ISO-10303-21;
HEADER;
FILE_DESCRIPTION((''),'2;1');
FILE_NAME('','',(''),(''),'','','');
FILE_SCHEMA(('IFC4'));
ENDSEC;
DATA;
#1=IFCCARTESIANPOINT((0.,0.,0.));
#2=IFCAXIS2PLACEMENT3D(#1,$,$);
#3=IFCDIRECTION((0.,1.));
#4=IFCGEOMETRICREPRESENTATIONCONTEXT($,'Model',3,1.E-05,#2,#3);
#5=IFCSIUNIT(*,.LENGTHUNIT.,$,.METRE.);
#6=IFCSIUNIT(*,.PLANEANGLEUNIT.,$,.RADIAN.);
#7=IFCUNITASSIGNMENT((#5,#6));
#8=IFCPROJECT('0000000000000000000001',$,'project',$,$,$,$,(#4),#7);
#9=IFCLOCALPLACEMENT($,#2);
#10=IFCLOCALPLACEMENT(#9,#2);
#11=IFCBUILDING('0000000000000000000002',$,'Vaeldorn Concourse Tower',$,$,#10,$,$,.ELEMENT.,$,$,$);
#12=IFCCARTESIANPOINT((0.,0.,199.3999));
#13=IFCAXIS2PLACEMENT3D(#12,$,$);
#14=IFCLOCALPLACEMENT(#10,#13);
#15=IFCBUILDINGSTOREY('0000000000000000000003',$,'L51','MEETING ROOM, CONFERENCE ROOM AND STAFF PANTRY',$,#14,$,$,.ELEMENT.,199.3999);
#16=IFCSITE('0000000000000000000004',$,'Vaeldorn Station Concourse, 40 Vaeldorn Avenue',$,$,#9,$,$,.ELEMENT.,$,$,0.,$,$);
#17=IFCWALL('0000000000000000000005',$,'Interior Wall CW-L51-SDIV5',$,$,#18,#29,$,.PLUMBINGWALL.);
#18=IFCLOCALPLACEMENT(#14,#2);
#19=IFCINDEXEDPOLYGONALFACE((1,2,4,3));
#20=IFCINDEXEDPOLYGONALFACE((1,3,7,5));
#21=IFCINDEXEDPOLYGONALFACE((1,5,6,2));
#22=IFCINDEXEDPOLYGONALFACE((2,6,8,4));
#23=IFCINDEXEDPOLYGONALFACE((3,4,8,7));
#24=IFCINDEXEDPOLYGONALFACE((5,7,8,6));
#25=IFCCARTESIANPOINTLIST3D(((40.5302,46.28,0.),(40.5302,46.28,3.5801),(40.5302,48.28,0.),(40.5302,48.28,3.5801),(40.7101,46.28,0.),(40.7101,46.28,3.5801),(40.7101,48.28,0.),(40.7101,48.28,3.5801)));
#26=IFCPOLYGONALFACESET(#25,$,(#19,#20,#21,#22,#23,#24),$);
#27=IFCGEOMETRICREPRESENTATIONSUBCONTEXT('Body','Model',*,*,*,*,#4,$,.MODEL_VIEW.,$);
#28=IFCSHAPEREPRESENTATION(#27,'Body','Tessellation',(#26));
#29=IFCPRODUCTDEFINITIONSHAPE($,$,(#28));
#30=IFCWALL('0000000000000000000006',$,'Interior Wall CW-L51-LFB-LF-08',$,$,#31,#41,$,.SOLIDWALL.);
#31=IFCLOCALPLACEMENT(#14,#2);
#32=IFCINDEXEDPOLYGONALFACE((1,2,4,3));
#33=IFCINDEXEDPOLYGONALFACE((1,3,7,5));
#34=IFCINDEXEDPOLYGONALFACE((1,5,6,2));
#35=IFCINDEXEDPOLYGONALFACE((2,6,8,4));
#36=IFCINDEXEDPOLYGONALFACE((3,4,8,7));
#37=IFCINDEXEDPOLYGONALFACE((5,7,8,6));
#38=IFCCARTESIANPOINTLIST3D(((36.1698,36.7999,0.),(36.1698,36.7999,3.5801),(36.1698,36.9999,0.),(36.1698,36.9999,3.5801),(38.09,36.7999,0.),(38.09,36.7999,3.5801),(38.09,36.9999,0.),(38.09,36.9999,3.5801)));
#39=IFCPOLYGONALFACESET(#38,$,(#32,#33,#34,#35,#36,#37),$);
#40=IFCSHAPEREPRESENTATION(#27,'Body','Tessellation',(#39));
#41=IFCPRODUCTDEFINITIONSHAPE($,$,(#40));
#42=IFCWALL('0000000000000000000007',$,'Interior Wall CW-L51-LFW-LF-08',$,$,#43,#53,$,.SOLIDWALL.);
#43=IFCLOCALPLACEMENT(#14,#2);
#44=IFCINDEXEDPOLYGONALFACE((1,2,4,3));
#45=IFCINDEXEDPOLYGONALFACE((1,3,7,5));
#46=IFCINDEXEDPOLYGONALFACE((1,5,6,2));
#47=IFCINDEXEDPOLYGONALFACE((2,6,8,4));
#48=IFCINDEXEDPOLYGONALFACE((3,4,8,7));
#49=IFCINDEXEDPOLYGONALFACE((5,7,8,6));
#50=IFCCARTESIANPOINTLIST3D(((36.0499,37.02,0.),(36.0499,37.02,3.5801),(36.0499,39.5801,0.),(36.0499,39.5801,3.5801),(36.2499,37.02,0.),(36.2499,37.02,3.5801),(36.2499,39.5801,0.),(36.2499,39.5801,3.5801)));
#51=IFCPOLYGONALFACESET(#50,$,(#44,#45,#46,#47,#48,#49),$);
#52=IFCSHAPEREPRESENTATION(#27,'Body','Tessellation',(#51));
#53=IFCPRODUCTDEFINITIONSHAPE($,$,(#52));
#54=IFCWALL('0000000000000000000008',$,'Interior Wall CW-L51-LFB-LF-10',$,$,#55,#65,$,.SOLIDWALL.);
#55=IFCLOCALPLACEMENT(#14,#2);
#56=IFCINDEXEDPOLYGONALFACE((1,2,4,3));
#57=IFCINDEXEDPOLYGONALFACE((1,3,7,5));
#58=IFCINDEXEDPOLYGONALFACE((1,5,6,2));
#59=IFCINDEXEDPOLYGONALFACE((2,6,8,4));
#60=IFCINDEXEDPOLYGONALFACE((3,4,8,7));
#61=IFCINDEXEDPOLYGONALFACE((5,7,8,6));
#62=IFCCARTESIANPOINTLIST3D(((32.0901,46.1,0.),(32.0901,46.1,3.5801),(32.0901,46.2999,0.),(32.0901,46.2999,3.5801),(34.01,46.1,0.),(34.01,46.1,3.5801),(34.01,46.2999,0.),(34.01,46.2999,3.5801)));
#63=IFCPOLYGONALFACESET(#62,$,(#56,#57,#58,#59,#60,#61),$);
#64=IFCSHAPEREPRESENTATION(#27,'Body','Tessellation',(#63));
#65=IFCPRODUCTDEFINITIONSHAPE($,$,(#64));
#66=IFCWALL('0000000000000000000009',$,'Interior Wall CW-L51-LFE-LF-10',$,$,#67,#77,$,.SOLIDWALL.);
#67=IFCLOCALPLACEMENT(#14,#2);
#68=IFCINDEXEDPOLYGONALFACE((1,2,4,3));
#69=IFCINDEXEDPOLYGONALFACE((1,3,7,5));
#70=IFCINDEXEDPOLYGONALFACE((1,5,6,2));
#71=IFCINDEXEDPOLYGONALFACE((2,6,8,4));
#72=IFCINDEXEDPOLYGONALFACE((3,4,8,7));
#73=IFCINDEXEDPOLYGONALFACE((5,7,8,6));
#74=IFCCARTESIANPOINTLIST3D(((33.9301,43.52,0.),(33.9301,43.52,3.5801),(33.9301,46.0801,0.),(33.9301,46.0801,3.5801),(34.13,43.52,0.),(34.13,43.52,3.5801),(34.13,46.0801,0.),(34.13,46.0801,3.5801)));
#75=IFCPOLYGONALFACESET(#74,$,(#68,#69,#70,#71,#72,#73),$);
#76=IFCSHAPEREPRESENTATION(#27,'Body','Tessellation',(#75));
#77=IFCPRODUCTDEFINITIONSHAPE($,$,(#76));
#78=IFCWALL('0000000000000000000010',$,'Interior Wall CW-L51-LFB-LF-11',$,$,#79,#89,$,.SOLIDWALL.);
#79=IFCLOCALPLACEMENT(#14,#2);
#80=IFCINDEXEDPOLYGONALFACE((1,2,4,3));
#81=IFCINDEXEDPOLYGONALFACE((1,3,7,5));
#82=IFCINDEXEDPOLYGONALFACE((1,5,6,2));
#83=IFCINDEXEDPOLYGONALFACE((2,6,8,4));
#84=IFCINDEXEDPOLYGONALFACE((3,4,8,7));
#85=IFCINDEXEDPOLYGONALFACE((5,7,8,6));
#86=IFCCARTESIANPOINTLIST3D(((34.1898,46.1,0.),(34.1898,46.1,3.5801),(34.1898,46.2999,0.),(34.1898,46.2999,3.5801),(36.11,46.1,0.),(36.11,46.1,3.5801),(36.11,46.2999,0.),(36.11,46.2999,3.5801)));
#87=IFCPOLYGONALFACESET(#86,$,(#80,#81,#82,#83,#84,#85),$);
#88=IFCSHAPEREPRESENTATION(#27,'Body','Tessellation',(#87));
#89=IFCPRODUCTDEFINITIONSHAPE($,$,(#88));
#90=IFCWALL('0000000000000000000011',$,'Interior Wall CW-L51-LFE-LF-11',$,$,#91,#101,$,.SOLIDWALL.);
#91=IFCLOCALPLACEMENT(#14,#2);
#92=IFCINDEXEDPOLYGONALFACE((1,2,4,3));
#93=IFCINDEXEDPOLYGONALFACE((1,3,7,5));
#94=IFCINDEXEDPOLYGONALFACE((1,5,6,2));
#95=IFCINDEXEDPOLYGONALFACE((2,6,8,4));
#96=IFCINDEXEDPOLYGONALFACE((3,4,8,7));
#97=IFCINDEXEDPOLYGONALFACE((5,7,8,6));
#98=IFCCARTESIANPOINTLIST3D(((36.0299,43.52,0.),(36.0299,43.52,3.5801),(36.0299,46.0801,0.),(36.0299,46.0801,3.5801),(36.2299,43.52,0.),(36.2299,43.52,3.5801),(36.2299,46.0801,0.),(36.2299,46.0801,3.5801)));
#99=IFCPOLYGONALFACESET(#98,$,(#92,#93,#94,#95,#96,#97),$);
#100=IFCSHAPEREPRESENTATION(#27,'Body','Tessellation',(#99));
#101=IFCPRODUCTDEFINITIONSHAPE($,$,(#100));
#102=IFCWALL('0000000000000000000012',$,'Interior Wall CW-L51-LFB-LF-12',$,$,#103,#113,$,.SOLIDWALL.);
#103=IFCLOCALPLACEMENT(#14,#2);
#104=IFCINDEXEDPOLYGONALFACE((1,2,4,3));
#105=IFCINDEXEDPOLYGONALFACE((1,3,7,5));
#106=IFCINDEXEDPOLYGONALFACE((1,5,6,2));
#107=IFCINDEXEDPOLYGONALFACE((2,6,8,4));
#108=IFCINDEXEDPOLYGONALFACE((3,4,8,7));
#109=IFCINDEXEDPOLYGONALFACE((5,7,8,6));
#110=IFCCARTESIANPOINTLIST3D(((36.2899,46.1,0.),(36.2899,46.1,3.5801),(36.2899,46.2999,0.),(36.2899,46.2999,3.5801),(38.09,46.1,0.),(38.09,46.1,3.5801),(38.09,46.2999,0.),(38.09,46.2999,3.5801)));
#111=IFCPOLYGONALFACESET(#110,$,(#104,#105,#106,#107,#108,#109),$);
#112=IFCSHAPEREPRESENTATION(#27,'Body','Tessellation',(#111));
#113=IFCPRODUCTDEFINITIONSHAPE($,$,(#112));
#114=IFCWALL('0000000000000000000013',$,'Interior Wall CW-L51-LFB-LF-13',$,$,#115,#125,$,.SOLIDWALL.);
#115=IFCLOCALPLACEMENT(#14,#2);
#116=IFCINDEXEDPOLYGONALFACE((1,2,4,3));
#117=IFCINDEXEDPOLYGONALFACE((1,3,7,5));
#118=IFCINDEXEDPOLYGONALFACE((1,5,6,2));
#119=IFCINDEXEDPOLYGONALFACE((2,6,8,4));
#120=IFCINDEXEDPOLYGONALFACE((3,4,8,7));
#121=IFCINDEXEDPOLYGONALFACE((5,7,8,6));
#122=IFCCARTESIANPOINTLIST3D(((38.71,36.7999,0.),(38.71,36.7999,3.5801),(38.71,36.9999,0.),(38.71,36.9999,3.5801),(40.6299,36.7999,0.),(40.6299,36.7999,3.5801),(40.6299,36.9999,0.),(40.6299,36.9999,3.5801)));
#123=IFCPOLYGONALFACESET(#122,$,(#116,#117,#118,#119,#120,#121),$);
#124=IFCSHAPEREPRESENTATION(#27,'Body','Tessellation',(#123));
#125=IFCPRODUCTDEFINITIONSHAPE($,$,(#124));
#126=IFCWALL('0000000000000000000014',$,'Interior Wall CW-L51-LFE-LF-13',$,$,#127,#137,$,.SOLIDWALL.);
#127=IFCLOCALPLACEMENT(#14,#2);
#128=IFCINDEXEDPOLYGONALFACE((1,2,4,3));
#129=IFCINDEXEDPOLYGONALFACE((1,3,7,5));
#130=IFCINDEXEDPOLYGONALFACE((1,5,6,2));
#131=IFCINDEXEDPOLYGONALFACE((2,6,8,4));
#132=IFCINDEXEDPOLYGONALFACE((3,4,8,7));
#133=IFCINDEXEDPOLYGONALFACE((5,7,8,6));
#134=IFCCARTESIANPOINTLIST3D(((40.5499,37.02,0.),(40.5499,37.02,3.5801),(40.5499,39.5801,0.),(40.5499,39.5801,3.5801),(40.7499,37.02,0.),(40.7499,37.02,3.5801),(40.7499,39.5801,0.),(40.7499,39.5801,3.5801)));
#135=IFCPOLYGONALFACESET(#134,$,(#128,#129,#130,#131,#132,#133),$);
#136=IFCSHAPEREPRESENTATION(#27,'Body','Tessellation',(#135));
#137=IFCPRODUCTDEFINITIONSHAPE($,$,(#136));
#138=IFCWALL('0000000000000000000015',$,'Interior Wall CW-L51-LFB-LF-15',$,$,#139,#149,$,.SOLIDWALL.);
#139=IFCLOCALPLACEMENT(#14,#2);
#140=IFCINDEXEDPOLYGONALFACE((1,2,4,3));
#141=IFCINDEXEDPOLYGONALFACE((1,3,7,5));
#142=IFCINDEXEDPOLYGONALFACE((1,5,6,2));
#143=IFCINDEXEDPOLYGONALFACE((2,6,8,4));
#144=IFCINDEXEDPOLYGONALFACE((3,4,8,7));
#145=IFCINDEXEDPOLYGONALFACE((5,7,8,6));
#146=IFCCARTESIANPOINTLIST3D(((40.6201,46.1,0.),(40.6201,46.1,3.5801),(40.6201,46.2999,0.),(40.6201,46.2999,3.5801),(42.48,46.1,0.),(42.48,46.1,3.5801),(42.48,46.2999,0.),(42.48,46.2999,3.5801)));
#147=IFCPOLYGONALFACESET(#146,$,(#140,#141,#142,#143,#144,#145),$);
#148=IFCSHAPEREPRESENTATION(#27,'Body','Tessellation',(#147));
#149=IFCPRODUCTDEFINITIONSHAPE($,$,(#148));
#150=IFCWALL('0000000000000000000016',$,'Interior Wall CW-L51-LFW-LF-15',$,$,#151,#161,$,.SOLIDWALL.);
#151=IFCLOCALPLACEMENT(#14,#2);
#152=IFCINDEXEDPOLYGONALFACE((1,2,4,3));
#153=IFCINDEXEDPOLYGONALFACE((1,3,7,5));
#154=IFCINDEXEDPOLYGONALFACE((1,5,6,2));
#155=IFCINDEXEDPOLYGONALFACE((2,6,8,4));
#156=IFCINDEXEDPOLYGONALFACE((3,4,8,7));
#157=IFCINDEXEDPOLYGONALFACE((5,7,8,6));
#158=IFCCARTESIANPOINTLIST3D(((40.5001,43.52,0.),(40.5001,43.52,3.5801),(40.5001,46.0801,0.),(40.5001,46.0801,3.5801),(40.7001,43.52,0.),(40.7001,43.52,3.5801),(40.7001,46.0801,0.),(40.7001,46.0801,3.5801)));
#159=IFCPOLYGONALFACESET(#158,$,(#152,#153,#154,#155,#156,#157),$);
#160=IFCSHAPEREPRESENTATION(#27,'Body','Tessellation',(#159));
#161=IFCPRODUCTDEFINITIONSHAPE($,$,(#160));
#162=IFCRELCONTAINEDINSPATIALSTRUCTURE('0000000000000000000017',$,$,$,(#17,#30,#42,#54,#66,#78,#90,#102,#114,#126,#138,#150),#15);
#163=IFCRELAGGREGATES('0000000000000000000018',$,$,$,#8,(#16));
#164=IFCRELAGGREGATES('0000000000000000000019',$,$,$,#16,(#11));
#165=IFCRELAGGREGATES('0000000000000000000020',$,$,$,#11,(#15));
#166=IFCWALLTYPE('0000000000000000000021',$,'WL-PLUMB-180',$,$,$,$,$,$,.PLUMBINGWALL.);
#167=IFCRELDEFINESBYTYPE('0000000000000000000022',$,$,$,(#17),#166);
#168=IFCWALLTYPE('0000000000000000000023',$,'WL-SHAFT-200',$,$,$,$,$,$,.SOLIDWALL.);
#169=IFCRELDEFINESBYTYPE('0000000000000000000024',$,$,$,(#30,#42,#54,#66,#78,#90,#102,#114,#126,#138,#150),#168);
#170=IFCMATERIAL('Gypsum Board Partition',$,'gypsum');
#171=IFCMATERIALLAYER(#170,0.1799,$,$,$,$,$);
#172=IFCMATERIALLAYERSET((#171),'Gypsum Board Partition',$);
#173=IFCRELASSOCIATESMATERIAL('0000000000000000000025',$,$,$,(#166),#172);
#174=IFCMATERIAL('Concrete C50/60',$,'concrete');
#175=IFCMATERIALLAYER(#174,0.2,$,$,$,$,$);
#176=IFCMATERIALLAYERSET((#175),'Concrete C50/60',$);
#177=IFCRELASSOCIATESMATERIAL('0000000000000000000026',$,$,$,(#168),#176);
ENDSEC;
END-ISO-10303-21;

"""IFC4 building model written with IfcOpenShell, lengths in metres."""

from ifc_helpers import new_model, si_unit, direction, frame, frame_2d, origin, place, context, subcontext, project, spatial, rectangle, extrude, material, layer, layer_set, type_object, element, save


model = new_model("IFC4")

# Units and contexts
model_context = context("Model", 3, precision=1e-05, world=origin(), true_north=direction((0.0, 1.0)))
body_context = subcontext(model_context, "Body", "Model", "MODEL_VIEW")
ifc_project = project(units=[si_unit("LENGTHUNIT", "METRE"), si_unit("PLANEANGLEUNIT", "RADIAN")], contexts=[model_context])

# Site, building, storey
site_placement = place(None, origin())
site = spatial("IfcSite", under=ifc_project, at=site_placement, Name="Vaeldorn Station Concourse, 40 Vaeldorn Avenue", CompositionType="ELEMENT", RefElevation=0.0)
building_placement = place(site_placement, origin())
building = spatial("IfcBuilding", under=site, at=building_placement, Name="Vaeldorn Concourse Tower", CompositionType="ELEMENT")
storey_placement = place(building_placement, frame((0.0, 0.0, 199.3999)))
storey = spatial("IfcBuildingStorey", under=building, at=storey_placement, Name="L51", Description="MEETING ROOM, CONFERENCE ROOM AND STAFF PANTRY", CompositionType="ELEMENT", Elevation=199.3999)

# Shared definitions
ifc_material_1 = material(Name="Concrete C50/60", Category="concrete")

# Shared definitions
ifc_material_2 = material(Name="Gypsum Board Partition", Category="gypsum")

# Wall
ifc_layer_1 = layer(ifc_material_2, 0.1799)
ifc_layer_set_1 = layer_set([ifc_layer_1], Name="Gypsum Board Partition")
wall_type_1 = type_object("IfcWallType", Name="WL-PLUMB-180", PredefinedType="PLUMBINGWALL", material=ifc_layer_set_1)
wall_1_placement = place(storey_placement, frame((40.6201, 46.28, 0.0), z_axis=(0.0, 0.0, 1.0), x_axis=(0.0, 1.0, 0.0)))
element("IfcWall", 1, at=wall_1_placement, inside=storey, type_object=wall_type_1, Name="Interior Wall CW-L51-SDIV5", PredefinedType="PLUMBINGWALL", context=body_context, shape_type="SweptSolid", body=[
    extrude(rectangle(XDim=2.0, YDim=0.1799, at=frame_2d((1.0, 0.0))), origin(), (0.0, 0.0, 1.0), 3.5801),
])

# Shared definitions
ifc_layer_2 = layer(ifc_material_1, 0.2)
ifc_layer_set_2 = layer_set([ifc_layer_2], Name="Concrete C50/60")
wall_type_2 = type_object("IfcWallType", Name="WL-SHAFT-200", PredefinedType="SOLIDWALL", material=ifc_layer_set_2)

# Walls
wall_2_placement = place(storey_placement, frame((36.1699, 36.8999, 0.0), z_axis=(0.0, 0.0, 1.0), x_axis=(1.0, 0.0, 0.0)))
element("IfcWall", 2, at=wall_2_placement, inside=storey, type_object=wall_type_2, Name="Interior Wall CW-L51-LFB-LF-08", PredefinedType="SOLIDWALL", context=body_context, shape_type="SweptSolid", body=[
    extrude(rectangle(XDim=1.9202, YDim=0.2, at=frame_2d((0.96, 0.0))), origin(), (0.0, 0.0, 1.0), 3.5801),
])
wall_3_placement = place(storey_placement, frame((36.1499, 37.02, 0.0), z_axis=(0.0, 0.0, 1.0), x_axis=(0.0, 1.0, 0.0)))
element("IfcWall", 3, at=wall_3_placement, inside=storey, type_object=wall_type_2, Name="Interior Wall CW-L51-LFW-LF-08", PredefinedType="SOLIDWALL", context=body_context, shape_type="SweptSolid", body=[
    extrude(rectangle(XDim=2.5601, YDim=0.2, at=frame_2d((1.28, 0.0))), origin(), (0.0, 0.0, 1.0), 3.5801),
])
wall_4_placement = place(storey_placement, frame((32.0901, 46.2, 0.0), z_axis=(0.0, 0.0, 1.0), x_axis=(1.0, 0.0, 0.0)))
element("IfcWall", 4, at=wall_4_placement, inside=storey, type_object=wall_type_2, Name="Interior Wall CW-L51-LFB-LF-10", PredefinedType="SOLIDWALL", context=body_context, shape_type="SweptSolid", body=[
    extrude(rectangle(XDim=1.9199, YDim=0.2, at=frame_2d((0.96, 0.0))), origin(), (0.0, 0.0, 1.0), 3.5801),
])
wall_5_placement = place(storey_placement, frame((34.03, 43.52, 0.0), z_axis=(0.0, 0.0, 1.0), x_axis=(0.0, 1.0, 0.0)))
element("IfcWall", 5, at=wall_5_placement, inside=storey, type_object=wall_type_2, Name="Interior Wall CW-L51-LFE-LF-10", PredefinedType="SOLIDWALL", context=body_context, shape_type="SweptSolid", body=[
    extrude(rectangle(XDim=2.5601, YDim=0.2, at=frame_2d((1.28, 0.0))), origin(), (0.0, 0.0, 1.0), 3.5801),
])

# Walls
wall_6_placement = place(storey_placement, frame((34.1899, 46.2, 0.0), z_axis=(0.0, 0.0, 1.0), x_axis=(1.0, 0.0, 0.0)))
element("IfcWall", 6, at=wall_6_placement, inside=storey, type_object=wall_type_2, Name="Interior Wall CW-L51-LFB-LF-11", PredefinedType="SOLIDWALL", context=body_context, shape_type="SweptSolid", body=[
    extrude(rectangle(XDim=1.9202, YDim=0.2, at=frame_2d((0.96, 0.0))), origin(), (0.0, 0.0, 1.0), 3.5801),
])
wall_7_placement = place(storey_placement, frame((36.1299, 43.52, 0.0), z_axis=(0.0, 0.0, 1.0), x_axis=(0.0, 1.0, 0.0)))
element("IfcWall", 7, at=wall_7_placement, inside=storey, type_object=wall_type_2, Name="Interior Wall CW-L51-LFE-LF-11", PredefinedType="SOLIDWALL", context=body_context, shape_type="SweptSolid", body=[
    extrude(rectangle(XDim=2.5601, YDim=0.2, at=frame_2d((1.28, 0.0))), origin(), (0.0, 0.0, 1.0), 3.5801),
])

# Wall
wall_8_placement = place(storey_placement, frame((36.29, 46.2, 0.0), z_axis=(0.0, 0.0, 1.0), x_axis=(1.0, 0.0, 0.0)))
element("IfcWall", 8, at=wall_8_placement, inside=storey, type_object=wall_type_2, Name="Interior Wall CW-L51-LFB-LF-12", PredefinedType="SOLIDWALL", context=body_context, shape_type="SweptSolid", body=[
    extrude(rectangle(XDim=1.8, YDim=0.2, at=frame_2d((0.8999, 0.0))), origin(), (0.0, 0.0, 1.0), 3.5801),
])

# Walls
wall_9_placement = place(storey_placement, frame((38.71, 36.8999, 0.0), z_axis=(0.0, 0.0, 1.0), x_axis=(1.0, 0.0, 0.0)))
element("IfcWall", 9, at=wall_9_placement, inside=storey, type_object=wall_type_2, Name="Interior Wall CW-L51-LFB-LF-13", PredefinedType="SOLIDWALL", context=body_context, shape_type="SweptSolid", body=[
    extrude(rectangle(XDim=1.9199, YDim=0.2, at=frame_2d((0.96, 0.0))), origin(), (0.0, 0.0, 1.0), 3.5801),
])
wall_10_placement = place(storey_placement, frame((40.6499, 37.02, 0.0), z_axis=(0.0, 0.0, 1.0), x_axis=(0.0, 1.0, 0.0)))
element("IfcWall", 10, at=wall_10_placement, inside=storey, type_object=wall_type_2, Name="Interior Wall CW-L51-LFE-LF-13", PredefinedType="SOLIDWALL", context=body_context, shape_type="SweptSolid", body=[
    extrude(rectangle(XDim=2.5601, YDim=0.2, at=frame_2d((1.28, 0.0))), origin(), (0.0, 0.0, 1.0), 3.5801),
])

# Walls
wall_11_placement = place(storey_placement, frame((40.6201, 46.2, 0.0), z_axis=(0.0, 0.0, 1.0), x_axis=(1.0, 0.0, 0.0)))
element("IfcWall", 11, at=wall_11_placement, inside=storey, type_object=wall_type_2, Name="Interior Wall CW-L51-LFB-LF-15", PredefinedType="SOLIDWALL", context=body_context, shape_type="SweptSolid", body=[
    extrude(rectangle(XDim=1.8599, YDim=0.2, at=frame_2d((0.9299, 0.0))), origin(), (0.0, 0.0, 1.0), 3.5801),
])
wall_12_placement = place(storey_placement, frame((40.6001, 43.52, 0.0), z_axis=(0.0, 0.0, 1.0), x_axis=(0.0, 1.0, 0.0)))
element("IfcWall", 12, at=wall_12_placement, inside=storey, type_object=wall_type_2, Name="Interior Wall CW-L51-LFW-LF-15", PredefinedType="SOLIDWALL", context=body_context, shape_type="SweptSolid", body=[
    extrude(rectangle(XDim=2.5601, YDim=0.2, at=frame_2d((1.28, 0.0))), origin(), (0.0, 0.0, 1.0), 3.5801),
])

save(model, "model.ifc")
